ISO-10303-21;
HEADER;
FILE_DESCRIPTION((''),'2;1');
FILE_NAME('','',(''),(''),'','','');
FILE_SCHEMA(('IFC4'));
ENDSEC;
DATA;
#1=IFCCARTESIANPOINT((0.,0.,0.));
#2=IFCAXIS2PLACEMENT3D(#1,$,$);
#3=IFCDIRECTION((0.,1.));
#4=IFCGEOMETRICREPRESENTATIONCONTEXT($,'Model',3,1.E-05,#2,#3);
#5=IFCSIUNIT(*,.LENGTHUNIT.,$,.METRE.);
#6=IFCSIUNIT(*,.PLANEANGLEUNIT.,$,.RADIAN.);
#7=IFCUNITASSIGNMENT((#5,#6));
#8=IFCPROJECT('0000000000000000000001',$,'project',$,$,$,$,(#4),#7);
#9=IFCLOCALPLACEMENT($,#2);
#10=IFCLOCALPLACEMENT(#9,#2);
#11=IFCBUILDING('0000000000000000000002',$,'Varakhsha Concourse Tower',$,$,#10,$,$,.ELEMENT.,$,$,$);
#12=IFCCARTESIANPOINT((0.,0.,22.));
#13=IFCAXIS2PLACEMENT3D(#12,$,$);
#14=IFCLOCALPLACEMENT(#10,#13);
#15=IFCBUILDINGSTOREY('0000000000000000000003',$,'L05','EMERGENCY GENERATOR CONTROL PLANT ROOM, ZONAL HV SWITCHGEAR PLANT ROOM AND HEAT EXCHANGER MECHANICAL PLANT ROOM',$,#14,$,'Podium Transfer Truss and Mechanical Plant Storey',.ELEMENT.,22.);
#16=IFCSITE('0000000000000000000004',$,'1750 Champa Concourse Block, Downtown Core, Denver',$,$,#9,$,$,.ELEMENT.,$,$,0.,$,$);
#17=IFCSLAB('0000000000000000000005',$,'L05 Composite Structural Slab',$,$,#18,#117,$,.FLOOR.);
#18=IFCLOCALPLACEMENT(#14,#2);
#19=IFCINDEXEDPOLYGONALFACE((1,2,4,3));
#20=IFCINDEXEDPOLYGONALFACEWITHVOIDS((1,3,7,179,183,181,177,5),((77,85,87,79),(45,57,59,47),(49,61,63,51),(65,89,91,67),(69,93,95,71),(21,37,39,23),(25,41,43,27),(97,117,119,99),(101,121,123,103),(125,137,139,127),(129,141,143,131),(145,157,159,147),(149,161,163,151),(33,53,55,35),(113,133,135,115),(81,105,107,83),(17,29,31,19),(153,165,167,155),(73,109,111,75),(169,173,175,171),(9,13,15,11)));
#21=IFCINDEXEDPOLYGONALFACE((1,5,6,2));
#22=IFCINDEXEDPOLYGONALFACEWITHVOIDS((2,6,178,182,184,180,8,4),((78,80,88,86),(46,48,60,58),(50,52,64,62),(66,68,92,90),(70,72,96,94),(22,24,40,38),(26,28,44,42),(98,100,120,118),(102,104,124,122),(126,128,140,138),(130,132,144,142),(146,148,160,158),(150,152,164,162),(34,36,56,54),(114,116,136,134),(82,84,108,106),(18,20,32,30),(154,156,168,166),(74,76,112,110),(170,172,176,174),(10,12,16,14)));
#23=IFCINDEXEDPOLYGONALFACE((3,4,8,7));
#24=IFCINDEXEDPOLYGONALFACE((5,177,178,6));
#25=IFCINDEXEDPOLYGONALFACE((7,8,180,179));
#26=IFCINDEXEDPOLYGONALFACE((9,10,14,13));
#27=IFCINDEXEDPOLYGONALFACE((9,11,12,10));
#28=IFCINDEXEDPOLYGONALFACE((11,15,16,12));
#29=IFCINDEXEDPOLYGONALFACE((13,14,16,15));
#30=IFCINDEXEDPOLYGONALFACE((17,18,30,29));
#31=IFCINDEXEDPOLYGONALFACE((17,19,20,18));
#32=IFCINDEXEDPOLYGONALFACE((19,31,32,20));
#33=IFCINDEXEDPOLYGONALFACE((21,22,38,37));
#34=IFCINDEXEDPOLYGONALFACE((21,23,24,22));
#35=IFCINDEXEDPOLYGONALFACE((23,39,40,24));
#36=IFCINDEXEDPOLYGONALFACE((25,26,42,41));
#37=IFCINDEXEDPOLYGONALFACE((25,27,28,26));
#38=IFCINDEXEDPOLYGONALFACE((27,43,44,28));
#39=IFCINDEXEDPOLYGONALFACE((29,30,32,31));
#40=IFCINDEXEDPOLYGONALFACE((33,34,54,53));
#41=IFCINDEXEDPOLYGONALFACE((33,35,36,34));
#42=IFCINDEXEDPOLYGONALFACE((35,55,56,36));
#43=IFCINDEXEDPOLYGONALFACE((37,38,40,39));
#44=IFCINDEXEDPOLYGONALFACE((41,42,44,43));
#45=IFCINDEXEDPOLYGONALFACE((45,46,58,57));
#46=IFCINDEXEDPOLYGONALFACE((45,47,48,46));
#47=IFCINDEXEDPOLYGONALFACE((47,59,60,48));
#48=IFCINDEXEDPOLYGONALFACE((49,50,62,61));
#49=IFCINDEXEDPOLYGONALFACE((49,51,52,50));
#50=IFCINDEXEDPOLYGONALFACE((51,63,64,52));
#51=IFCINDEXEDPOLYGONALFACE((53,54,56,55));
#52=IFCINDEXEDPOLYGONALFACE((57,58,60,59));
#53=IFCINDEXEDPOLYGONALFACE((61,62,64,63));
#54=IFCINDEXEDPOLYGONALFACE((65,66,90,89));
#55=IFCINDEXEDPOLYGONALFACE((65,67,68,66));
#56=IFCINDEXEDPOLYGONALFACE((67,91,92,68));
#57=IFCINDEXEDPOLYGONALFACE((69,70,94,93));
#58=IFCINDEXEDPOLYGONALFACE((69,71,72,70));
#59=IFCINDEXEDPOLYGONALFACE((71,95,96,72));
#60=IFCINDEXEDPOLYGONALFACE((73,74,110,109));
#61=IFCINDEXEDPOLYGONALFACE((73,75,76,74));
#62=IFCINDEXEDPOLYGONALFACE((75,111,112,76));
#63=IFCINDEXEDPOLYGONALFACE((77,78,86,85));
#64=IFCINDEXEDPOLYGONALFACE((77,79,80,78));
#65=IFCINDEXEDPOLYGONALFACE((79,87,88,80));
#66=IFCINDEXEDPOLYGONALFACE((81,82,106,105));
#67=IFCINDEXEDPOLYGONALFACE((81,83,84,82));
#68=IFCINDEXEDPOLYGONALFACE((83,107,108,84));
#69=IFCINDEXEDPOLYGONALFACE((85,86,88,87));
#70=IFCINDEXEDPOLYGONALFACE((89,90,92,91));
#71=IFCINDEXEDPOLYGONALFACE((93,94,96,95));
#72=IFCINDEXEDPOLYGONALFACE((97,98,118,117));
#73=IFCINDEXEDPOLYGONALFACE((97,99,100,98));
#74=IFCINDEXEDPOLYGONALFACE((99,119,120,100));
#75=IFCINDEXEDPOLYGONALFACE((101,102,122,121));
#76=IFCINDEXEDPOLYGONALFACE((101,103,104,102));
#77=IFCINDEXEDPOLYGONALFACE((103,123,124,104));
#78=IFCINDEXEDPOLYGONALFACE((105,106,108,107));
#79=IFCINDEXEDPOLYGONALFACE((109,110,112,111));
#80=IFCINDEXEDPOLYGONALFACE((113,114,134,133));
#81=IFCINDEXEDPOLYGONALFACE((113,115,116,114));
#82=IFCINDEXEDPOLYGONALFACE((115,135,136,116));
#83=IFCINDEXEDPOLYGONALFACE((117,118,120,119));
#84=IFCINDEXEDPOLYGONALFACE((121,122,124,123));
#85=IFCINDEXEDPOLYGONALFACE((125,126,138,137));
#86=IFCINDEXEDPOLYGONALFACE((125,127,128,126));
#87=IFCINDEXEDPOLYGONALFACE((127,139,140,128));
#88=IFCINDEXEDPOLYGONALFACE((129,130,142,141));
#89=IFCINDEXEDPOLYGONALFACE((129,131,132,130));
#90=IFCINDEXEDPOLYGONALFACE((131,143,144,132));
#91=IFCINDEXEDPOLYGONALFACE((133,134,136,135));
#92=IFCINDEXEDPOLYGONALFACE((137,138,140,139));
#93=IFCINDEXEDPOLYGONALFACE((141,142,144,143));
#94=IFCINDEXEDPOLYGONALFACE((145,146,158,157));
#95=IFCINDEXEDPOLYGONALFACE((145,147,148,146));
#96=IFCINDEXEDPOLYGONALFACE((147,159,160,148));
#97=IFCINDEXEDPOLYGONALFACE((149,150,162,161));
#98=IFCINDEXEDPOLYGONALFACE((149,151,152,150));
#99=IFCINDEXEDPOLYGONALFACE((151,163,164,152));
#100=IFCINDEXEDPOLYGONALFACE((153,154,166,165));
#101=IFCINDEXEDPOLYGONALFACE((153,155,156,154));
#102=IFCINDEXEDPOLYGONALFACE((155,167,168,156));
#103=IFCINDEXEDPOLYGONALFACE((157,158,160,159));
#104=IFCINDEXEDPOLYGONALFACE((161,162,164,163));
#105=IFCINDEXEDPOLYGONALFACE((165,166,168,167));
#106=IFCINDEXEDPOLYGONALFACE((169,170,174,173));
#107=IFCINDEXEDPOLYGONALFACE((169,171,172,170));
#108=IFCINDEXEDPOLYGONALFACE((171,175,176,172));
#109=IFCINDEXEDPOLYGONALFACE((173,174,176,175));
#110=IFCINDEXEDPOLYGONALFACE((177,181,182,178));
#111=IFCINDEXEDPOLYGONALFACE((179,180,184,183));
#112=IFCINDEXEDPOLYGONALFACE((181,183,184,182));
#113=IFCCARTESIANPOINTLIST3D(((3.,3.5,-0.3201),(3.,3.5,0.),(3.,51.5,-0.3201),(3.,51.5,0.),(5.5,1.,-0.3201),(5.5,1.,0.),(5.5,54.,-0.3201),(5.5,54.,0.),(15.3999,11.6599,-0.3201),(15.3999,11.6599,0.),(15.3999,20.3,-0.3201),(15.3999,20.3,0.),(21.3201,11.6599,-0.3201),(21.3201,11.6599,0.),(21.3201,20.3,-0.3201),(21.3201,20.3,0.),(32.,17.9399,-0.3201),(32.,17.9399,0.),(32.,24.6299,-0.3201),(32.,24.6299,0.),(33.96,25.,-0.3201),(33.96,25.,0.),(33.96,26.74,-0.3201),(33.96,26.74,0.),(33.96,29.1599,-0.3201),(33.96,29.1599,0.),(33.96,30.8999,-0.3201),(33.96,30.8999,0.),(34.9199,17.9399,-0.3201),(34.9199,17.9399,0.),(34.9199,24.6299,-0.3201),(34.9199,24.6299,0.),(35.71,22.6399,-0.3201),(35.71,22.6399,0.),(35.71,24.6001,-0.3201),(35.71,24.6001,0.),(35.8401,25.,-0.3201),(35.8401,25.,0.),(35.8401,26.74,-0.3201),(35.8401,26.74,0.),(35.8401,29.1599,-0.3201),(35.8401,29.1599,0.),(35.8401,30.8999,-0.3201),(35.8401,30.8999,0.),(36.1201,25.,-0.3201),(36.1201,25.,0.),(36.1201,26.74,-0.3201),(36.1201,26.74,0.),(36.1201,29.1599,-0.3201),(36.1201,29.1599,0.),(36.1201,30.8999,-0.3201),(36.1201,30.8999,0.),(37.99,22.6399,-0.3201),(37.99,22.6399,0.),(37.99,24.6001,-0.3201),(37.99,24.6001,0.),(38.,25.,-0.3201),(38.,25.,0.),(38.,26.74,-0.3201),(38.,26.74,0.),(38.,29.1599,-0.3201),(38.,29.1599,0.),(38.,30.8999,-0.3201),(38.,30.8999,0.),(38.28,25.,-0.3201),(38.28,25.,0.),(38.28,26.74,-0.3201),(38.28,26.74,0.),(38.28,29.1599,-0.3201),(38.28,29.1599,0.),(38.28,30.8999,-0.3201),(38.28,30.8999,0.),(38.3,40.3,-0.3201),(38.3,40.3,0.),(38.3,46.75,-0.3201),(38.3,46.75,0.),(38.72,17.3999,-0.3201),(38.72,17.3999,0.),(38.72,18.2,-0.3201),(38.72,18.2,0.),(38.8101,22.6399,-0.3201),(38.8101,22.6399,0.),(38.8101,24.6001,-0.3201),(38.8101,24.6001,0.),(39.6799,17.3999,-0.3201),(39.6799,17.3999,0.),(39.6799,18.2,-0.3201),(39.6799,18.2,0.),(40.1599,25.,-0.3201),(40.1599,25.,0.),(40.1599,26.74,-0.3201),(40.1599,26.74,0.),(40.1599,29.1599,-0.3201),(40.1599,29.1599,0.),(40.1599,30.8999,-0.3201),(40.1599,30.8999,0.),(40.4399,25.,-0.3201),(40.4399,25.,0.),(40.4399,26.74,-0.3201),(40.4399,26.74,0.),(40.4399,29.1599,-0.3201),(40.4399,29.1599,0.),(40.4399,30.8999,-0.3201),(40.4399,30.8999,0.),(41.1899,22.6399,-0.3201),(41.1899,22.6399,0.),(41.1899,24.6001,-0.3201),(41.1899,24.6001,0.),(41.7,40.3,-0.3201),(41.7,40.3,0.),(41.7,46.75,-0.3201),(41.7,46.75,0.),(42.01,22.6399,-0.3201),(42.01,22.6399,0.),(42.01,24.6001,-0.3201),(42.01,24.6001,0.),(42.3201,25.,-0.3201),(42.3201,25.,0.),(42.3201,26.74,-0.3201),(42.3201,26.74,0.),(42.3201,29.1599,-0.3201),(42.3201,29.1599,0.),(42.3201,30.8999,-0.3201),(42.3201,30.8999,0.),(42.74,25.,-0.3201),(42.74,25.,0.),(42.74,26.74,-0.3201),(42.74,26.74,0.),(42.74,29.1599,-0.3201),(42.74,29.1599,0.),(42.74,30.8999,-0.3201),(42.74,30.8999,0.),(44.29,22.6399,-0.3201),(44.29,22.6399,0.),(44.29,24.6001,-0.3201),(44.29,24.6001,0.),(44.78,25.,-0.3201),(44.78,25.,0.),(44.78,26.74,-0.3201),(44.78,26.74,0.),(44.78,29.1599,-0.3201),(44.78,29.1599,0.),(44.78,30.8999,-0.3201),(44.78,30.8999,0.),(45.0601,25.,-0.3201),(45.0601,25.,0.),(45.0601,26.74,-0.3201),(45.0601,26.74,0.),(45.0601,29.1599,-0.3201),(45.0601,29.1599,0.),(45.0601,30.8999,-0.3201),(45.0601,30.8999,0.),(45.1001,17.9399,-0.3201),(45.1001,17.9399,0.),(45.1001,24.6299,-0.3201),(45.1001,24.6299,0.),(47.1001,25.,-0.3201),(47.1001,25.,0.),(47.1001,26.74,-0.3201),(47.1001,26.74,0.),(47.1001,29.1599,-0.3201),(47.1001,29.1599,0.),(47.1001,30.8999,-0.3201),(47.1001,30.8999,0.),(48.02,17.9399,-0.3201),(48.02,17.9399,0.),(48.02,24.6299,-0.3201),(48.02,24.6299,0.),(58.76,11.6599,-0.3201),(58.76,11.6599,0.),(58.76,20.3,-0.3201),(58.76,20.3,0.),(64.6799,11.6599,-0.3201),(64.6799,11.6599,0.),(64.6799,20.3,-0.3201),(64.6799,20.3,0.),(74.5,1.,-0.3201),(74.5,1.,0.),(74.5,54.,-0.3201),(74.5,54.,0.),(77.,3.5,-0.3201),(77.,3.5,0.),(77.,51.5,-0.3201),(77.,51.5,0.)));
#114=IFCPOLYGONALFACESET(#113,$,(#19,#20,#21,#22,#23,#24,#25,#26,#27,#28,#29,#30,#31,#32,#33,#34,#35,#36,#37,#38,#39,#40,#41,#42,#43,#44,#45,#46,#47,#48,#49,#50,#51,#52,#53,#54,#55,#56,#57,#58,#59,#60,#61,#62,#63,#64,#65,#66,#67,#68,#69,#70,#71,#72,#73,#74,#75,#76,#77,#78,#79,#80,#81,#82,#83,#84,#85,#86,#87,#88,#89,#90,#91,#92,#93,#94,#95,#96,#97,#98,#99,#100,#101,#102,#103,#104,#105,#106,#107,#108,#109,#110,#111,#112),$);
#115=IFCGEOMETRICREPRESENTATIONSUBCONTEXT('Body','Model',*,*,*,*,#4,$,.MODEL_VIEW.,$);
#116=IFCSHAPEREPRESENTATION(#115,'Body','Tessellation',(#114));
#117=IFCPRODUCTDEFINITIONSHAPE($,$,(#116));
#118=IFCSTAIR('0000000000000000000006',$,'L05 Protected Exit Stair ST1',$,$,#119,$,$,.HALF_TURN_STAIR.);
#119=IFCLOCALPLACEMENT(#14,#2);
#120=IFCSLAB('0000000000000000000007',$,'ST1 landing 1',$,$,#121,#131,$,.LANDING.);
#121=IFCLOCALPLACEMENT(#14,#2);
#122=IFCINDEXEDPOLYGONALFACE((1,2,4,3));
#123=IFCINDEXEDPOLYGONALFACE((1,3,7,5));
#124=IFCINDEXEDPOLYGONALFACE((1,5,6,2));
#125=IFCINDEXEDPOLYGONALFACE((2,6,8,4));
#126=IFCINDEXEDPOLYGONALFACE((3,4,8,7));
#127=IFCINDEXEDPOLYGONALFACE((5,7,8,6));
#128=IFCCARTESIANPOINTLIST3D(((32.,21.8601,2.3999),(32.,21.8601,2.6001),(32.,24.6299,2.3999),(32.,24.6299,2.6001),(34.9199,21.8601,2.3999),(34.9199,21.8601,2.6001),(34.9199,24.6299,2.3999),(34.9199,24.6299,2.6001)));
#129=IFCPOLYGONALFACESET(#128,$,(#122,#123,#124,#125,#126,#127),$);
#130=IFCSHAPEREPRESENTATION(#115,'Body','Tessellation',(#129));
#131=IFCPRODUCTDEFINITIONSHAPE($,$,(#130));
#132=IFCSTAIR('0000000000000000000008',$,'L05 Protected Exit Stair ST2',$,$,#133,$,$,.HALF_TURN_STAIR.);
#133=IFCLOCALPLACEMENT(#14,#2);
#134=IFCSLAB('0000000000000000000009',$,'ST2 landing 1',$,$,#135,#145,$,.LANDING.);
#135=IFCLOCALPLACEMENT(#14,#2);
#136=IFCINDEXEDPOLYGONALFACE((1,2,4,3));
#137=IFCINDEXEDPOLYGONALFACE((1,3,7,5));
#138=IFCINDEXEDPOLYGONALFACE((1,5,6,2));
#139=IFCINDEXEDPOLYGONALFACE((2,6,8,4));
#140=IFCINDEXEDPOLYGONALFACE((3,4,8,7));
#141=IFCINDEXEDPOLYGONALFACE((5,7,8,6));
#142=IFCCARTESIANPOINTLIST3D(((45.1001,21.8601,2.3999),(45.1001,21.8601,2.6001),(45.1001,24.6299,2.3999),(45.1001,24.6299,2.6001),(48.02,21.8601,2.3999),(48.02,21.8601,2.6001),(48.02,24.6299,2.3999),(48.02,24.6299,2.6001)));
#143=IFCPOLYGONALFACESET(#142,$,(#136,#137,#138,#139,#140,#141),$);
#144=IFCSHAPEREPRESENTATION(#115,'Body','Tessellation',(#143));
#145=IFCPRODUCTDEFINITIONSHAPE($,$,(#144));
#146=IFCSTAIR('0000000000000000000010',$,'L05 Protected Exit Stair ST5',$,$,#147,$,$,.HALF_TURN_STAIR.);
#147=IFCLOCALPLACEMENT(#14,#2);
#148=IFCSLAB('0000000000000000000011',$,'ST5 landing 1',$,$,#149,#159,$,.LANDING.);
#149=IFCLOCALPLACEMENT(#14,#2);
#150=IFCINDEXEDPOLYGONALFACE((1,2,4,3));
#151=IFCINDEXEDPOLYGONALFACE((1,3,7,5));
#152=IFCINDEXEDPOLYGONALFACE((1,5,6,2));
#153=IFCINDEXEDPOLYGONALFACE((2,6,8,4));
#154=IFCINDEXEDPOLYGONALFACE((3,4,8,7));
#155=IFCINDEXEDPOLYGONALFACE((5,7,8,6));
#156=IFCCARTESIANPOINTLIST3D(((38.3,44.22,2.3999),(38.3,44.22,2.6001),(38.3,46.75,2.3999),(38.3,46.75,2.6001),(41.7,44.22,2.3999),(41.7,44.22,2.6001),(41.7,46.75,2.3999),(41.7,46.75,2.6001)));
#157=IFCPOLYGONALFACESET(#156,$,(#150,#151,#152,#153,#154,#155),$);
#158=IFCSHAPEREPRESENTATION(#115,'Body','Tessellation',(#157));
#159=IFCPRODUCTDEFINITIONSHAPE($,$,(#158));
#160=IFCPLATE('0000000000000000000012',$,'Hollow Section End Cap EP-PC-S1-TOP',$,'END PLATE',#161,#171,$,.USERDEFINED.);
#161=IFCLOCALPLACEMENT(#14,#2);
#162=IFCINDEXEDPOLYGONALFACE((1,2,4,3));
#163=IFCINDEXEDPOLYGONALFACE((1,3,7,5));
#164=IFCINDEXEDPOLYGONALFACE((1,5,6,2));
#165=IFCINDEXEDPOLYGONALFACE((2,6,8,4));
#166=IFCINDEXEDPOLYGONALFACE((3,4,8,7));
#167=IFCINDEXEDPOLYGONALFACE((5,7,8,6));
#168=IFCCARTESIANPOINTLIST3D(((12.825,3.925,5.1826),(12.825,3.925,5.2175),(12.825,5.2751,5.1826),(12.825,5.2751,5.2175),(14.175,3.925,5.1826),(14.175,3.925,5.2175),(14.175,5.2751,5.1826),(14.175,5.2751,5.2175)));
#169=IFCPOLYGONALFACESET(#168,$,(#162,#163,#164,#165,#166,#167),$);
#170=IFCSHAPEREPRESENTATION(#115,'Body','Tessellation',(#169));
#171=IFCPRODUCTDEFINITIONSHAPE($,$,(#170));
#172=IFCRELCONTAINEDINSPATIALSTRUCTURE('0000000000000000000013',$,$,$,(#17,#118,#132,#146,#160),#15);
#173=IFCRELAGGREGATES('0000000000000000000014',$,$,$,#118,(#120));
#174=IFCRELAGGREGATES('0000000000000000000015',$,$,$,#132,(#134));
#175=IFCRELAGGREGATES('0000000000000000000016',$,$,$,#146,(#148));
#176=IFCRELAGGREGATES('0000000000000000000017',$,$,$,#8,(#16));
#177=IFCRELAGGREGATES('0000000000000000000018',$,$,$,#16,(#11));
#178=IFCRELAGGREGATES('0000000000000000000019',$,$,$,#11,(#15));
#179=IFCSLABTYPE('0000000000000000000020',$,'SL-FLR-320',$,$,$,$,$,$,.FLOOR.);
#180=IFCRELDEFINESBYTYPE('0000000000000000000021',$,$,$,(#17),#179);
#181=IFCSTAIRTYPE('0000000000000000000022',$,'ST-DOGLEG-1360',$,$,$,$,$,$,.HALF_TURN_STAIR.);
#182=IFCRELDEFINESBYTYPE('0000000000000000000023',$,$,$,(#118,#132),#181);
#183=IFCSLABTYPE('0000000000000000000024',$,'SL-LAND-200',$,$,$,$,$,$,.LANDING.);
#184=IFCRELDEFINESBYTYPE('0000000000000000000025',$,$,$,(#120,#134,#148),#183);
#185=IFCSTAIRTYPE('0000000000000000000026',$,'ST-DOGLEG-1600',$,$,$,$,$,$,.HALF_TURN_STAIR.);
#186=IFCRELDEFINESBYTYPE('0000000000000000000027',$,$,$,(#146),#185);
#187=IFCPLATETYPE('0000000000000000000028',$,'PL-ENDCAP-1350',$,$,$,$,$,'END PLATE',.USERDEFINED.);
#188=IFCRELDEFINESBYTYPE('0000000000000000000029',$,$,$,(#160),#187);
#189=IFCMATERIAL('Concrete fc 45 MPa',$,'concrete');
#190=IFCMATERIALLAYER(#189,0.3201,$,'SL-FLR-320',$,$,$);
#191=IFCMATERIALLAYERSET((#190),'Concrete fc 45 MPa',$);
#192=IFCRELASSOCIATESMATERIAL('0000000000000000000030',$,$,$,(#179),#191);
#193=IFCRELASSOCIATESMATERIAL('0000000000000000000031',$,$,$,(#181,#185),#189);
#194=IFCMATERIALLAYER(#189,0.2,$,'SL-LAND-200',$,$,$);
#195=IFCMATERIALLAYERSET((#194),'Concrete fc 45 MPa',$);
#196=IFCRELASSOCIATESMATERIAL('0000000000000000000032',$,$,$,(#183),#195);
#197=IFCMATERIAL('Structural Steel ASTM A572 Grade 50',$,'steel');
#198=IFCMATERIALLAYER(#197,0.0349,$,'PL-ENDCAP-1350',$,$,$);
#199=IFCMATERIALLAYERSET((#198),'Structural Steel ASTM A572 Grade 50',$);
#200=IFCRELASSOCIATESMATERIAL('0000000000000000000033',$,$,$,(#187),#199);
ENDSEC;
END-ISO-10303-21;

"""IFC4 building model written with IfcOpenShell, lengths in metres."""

from ifc_helpers import new_model, si_unit, direction, frame, origin, origin_2d, place, context, subcontext, project, spatial, polyline, rectangle, outline, extrude, source, transform, mapped, material, layer, layer_set, type_object, type_shapes, element, aggregate, save


model = new_model("IFC4")

# Units and contexts
model_context = context("Model", 3, precision=1e-05, world=origin(), true_north=direction((0.0, 1.0)))
body_context = subcontext(model_context, "Body", "Model", "MODEL_VIEW")
ifc_project = project(units=[si_unit("LENGTHUNIT", "METRE"), si_unit("PLANEANGLEUNIT", "RADIAN")], contexts=[model_context])

# Site, building, storey
site_placement = place(None, origin())
site = spatial("IfcSite", under=ifc_project, at=site_placement, Name="1750 Champa Concourse Block, Downtown Core, Denver", CompositionType="ELEMENT", RefElevation=0.0)
building_placement = place(site_placement, origin())
building = spatial("IfcBuilding", under=site, at=building_placement, Name="Varakhsha Concourse Tower", CompositionType="ELEMENT")
storey_placement = place(building_placement, frame((0.0, 0.0, 22.0)))
storey = spatial("IfcBuildingStorey", under=building, at=storey_placement, Name="L05", Description="EMERGENCY GENERATOR CONTROL PLANT ROOM, ZONAL HV SWITCHGEAR PLANT ROOM AND HEAT EXCHANGER MECHANICAL PLANT ROOM", LongName="Podium Transfer Truss and Mechanical Plant Storey", CompositionType="ELEMENT", Elevation=22.0)

# Shared definitions
ifc_material_1 = material(Name="Structural Steel ASTM A572 Grade 50", Category="steel")

# Slab
ifc_material_2 = material(Name="Concrete fc 45 MPa", Category="concrete")
ifc_layer_1 = layer(ifc_material_2, 0.3201, Name="SL-FLR-320")
ifc_layer_set_1 = layer_set([ifc_layer_1], Name="Concrete fc 45 MPa")
slab_type_1 = type_object("IfcSlabType", Name="SL-FLR-320", PredefinedType="FLOOR", material=ifc_layer_set_1)
slab_1_placement = place(storey_placement, frame((0.0, 0.0, -0.3201)))
element("IfcSlab", 1, at=slab_1_placement, inside=storey, type_object=slab_type_1, Name="L05 Composite Structural Slab", PredefinedType="FLOOR", context=body_context, shape_type="SweptSolid", body=[
    extrude(outline(polyline([(5.5, 1.0), (74.5, 1.0), (77.0, 3.5), (77.0, 51.5), (74.5, 54.0), (5.5, 54.0), (3.0, 51.5), (3.0, 3.5), (5.5, 1.0)]), holes=[polyline([(34.9199, 17.9399), (34.9199, 24.6299), (32.0, 24.6299), (32.0, 17.9399), (34.9199, 17.9399)]), polyline([(48.02, 17.9399), (48.02, 24.6299), (45.1001, 24.6299), (45.1001, 17.9399), (48.02, 17.9399)]), polyline([(21.3201, 11.6599), (21.3201, 20.3), (15.3999, 20.3), (15.3999, 11.6599), (21.3201, 11.6599)]), polyline([(64.6799, 11.6599), (64.6799, 20.3), (58.76, 20.3), (58.76, 11.6599), (64.6799, 11.6599)]), polyline([(41.7, 40.3), (41.7, 46.75), (38.3, 46.75), (38.3, 40.3), (41.7, 40.3)]), polyline([(33.96, 29.1599), (35.8401, 29.1599), (35.8401, 30.8999), (33.96, 30.8999), (33.96, 29.1599)]), polyline([(36.1201, 29.1599), (38.0, 29.1599), (38.0, 30.8999), (36.1201, 30.8999), (36.1201, 29.1599)]), polyline([(38.28, 29.1599), (40.1599, 29.1599), (40.1599, 30.8999), (38.28, 30.8999), (38.28, 29.1599)]), polyline([(40.4399, 29.1599), (42.3201, 29.1599), (42.3201, 30.8999), (40.4399, 30.8999), (40.4399, 29.1599)]), polyline([(33.96, 25.0), (35.8401, 25.0), (35.8401, 26.74), (33.96, 26.74), (33.96, 25.0)]), polyline([(36.1201, 25.0), (38.0, 25.0), (38.0, 26.74), (36.1201, 26.74), (36.1201, 25.0)]), polyline([(38.28, 25.0), (40.1599, 25.0), (40.1599, 26.74), (38.28, 26.74), (38.28, 25.0)]), polyline([(40.4399, 25.0), (42.3201, 25.0), (42.3201, 26.74), (40.4399, 26.74), (40.4399, 25.0)]), polyline([(42.74, 29.1599), (44.78, 29.1599), (44.78, 30.8999), (42.74, 30.8999), (42.74, 29.1599)]), polyline([(45.0601, 29.1599), (47.1001, 29.1599), (47.1001, 30.8999), (45.0601, 30.8999), (45.0601, 29.1599)]), polyline([(42.74, 25.0), (44.78, 25.0), (44.78, 26.74), (42.74, 26.74), (42.74, 25.0)]), polyline([(45.0601, 25.0), (47.1001, 25.0), (47.1001, 26.74), (45.0601, 26.74), (45.0601, 25.0)]), polyline([(35.71, 22.6399), (37.99, 22.6399), (37.99, 24.6001), (35.71, 24.6001), (35.71, 22.6399)]), polyline([(42.01, 22.6399), (44.29, 22.6399), (44.29, 24.6001), (42.01, 24.6001), (42.01, 22.6399)]), polyline([(38.8101, 22.6399), (41.1899, 22.6399), (41.1899, 24.6001), (38.8101, 24.6001), (38.8101, 22.6399)]), polyline([(38.72, 17.3999), (39.6799, 17.3999), (39.6799, 18.2), (38.72, 18.2), (38.72, 17.3999)])]), origin(), (0.0, 0.0, 1.0), 0.3201),
])

# Stairs, slabs
stair_type_1 = type_object("IfcStairType", Name="ST-DOGLEG-1360", PredefinedType="HALF_TURN_STAIR", material=ifc_material_2)
stair_1_placement = place(storey_placement, origin())
stair_1 = element("IfcStair", 2, at=stair_1_placement, inside=storey, type_object=stair_type_1, Name="L05 Protected Exit Stair ST1", PredefinedType="HALF_TURN_STAIR")
ifc_layer_2 = layer(ifc_material_2, 0.2, Name="SL-LAND-200")
ifc_layer_set_2 = layer_set([ifc_layer_2], Name="Concrete fc 45 MPa")
slab_type_2 = type_object("IfcSlabType", Name="SL-LAND-200", PredefinedType="LANDING", material=ifc_layer_set_2)
slab_2_placement = place(storey_placement, frame((0.0, 0.0, 2.3999)))
slab_2 = element("IfcSlab", 3, at=slab_2_placement, type_object=slab_type_2, Name="ST1 landing 1", PredefinedType="LANDING", context=body_context, shape_type="SweptSolid", body=[
    extrude(outline(polyline([(34.9199, 21.8601), (34.9199, 24.6299), (32.0, 24.6299), (32.0, 21.8601), (34.9199, 21.8601)])), origin(), (0.0, 0.0, 1.0), 0.2002),
])
aggregate(stair_1, [slab_2])
stair_2_placement = place(storey_placement, origin())
stair_2 = element("IfcStair", 4, at=stair_2_placement, inside=storey, type_object=stair_type_1, Name="L05 Protected Exit Stair ST2", PredefinedType="HALF_TURN_STAIR")
slab_3_placement = place(storey_placement, frame((0.0, 0.0, 2.3999)))
slab_3 = element("IfcSlab", 5, at=slab_3_placement, type_object=slab_type_2, Name="ST2 landing 1", PredefinedType="LANDING", context=body_context, shape_type="SweptSolid", body=[
    extrude(outline(polyline([(48.02, 21.8601), (48.02, 24.6299), (45.1001, 24.6299), (45.1001, 21.8601), (48.02, 21.8601)])), origin(), (0.0, 0.0, 1.0), 0.2002),
])
aggregate(stair_2, [slab_3])
stair_type_2 = type_object("IfcStairType", Name="ST-DOGLEG-1600", PredefinedType="HALF_TURN_STAIR", material=ifc_material_2)
stair_3_placement = place(storey_placement, origin())
stair_3 = element("IfcStair", 6, at=stair_3_placement, inside=storey, type_object=stair_type_2, Name="L05 Protected Exit Stair ST5", PredefinedType="HALF_TURN_STAIR")
slab_4_placement = place(storey_placement, frame((0.0, 0.0, 2.3999)))
slab_4 = element("IfcSlab", 7, at=slab_4_placement, type_object=slab_type_2, Name="ST5 landing 1", PredefinedType="LANDING", context=body_context, shape_type="SweptSolid", body=[
    extrude(outline(polyline([(41.7, 44.22), (41.7, 46.75), (38.3, 46.75), (38.3, 44.22), (41.7, 44.22)])), origin(), (0.0, 0.0, 1.0), 0.2002),
])
aggregate(stair_3, [slab_4])

# Plate
ifc_layer_3 = layer(ifc_material_1, 0.0349, Name="PL-ENDCAP-1350")
ifc_layer_set_3 = layer_set([ifc_layer_3], Name="Structural Steel ASTM A572 Grade 50")
plate_type_1 = type_object("IfcPlateType", Name="PL-ENDCAP-1350", ElementType="END PLATE", PredefinedType="USERDEFINED", material=ifc_layer_set_3)
shared_shape_1 = source(origin(), body_context, "Body", "SweptSolid", [
    extrude(rectangle(XDim=1.3501, YDim=1.3501, at=origin_2d()), origin(), (0.0, 0.0, 1.0), 0.0349),
])
type_shapes(plate_type_1, [shared_shape_1])
plate_1_placement = place(storey_placement, frame((13.5, 4.6001, 5.1826), z_axis=(0.0, 0.0, 1.0), x_axis=(1.0, 0.0, 0.0)))
element("IfcPlate", 8, at=plate_1_placement, inside=storey, type_object=plate_type_1, Name="Hollow Section End Cap EP-PC-S1-TOP", ObjectType="END PLATE", PredefinedType="USERDEFINED", context=body_context, shape_type="MappedRepresentation", body=[
    mapped(shared_shape_1, transform((0.0, 0.0, 0.0), scale=1.0)),
])

save(model, "model.ifc")
